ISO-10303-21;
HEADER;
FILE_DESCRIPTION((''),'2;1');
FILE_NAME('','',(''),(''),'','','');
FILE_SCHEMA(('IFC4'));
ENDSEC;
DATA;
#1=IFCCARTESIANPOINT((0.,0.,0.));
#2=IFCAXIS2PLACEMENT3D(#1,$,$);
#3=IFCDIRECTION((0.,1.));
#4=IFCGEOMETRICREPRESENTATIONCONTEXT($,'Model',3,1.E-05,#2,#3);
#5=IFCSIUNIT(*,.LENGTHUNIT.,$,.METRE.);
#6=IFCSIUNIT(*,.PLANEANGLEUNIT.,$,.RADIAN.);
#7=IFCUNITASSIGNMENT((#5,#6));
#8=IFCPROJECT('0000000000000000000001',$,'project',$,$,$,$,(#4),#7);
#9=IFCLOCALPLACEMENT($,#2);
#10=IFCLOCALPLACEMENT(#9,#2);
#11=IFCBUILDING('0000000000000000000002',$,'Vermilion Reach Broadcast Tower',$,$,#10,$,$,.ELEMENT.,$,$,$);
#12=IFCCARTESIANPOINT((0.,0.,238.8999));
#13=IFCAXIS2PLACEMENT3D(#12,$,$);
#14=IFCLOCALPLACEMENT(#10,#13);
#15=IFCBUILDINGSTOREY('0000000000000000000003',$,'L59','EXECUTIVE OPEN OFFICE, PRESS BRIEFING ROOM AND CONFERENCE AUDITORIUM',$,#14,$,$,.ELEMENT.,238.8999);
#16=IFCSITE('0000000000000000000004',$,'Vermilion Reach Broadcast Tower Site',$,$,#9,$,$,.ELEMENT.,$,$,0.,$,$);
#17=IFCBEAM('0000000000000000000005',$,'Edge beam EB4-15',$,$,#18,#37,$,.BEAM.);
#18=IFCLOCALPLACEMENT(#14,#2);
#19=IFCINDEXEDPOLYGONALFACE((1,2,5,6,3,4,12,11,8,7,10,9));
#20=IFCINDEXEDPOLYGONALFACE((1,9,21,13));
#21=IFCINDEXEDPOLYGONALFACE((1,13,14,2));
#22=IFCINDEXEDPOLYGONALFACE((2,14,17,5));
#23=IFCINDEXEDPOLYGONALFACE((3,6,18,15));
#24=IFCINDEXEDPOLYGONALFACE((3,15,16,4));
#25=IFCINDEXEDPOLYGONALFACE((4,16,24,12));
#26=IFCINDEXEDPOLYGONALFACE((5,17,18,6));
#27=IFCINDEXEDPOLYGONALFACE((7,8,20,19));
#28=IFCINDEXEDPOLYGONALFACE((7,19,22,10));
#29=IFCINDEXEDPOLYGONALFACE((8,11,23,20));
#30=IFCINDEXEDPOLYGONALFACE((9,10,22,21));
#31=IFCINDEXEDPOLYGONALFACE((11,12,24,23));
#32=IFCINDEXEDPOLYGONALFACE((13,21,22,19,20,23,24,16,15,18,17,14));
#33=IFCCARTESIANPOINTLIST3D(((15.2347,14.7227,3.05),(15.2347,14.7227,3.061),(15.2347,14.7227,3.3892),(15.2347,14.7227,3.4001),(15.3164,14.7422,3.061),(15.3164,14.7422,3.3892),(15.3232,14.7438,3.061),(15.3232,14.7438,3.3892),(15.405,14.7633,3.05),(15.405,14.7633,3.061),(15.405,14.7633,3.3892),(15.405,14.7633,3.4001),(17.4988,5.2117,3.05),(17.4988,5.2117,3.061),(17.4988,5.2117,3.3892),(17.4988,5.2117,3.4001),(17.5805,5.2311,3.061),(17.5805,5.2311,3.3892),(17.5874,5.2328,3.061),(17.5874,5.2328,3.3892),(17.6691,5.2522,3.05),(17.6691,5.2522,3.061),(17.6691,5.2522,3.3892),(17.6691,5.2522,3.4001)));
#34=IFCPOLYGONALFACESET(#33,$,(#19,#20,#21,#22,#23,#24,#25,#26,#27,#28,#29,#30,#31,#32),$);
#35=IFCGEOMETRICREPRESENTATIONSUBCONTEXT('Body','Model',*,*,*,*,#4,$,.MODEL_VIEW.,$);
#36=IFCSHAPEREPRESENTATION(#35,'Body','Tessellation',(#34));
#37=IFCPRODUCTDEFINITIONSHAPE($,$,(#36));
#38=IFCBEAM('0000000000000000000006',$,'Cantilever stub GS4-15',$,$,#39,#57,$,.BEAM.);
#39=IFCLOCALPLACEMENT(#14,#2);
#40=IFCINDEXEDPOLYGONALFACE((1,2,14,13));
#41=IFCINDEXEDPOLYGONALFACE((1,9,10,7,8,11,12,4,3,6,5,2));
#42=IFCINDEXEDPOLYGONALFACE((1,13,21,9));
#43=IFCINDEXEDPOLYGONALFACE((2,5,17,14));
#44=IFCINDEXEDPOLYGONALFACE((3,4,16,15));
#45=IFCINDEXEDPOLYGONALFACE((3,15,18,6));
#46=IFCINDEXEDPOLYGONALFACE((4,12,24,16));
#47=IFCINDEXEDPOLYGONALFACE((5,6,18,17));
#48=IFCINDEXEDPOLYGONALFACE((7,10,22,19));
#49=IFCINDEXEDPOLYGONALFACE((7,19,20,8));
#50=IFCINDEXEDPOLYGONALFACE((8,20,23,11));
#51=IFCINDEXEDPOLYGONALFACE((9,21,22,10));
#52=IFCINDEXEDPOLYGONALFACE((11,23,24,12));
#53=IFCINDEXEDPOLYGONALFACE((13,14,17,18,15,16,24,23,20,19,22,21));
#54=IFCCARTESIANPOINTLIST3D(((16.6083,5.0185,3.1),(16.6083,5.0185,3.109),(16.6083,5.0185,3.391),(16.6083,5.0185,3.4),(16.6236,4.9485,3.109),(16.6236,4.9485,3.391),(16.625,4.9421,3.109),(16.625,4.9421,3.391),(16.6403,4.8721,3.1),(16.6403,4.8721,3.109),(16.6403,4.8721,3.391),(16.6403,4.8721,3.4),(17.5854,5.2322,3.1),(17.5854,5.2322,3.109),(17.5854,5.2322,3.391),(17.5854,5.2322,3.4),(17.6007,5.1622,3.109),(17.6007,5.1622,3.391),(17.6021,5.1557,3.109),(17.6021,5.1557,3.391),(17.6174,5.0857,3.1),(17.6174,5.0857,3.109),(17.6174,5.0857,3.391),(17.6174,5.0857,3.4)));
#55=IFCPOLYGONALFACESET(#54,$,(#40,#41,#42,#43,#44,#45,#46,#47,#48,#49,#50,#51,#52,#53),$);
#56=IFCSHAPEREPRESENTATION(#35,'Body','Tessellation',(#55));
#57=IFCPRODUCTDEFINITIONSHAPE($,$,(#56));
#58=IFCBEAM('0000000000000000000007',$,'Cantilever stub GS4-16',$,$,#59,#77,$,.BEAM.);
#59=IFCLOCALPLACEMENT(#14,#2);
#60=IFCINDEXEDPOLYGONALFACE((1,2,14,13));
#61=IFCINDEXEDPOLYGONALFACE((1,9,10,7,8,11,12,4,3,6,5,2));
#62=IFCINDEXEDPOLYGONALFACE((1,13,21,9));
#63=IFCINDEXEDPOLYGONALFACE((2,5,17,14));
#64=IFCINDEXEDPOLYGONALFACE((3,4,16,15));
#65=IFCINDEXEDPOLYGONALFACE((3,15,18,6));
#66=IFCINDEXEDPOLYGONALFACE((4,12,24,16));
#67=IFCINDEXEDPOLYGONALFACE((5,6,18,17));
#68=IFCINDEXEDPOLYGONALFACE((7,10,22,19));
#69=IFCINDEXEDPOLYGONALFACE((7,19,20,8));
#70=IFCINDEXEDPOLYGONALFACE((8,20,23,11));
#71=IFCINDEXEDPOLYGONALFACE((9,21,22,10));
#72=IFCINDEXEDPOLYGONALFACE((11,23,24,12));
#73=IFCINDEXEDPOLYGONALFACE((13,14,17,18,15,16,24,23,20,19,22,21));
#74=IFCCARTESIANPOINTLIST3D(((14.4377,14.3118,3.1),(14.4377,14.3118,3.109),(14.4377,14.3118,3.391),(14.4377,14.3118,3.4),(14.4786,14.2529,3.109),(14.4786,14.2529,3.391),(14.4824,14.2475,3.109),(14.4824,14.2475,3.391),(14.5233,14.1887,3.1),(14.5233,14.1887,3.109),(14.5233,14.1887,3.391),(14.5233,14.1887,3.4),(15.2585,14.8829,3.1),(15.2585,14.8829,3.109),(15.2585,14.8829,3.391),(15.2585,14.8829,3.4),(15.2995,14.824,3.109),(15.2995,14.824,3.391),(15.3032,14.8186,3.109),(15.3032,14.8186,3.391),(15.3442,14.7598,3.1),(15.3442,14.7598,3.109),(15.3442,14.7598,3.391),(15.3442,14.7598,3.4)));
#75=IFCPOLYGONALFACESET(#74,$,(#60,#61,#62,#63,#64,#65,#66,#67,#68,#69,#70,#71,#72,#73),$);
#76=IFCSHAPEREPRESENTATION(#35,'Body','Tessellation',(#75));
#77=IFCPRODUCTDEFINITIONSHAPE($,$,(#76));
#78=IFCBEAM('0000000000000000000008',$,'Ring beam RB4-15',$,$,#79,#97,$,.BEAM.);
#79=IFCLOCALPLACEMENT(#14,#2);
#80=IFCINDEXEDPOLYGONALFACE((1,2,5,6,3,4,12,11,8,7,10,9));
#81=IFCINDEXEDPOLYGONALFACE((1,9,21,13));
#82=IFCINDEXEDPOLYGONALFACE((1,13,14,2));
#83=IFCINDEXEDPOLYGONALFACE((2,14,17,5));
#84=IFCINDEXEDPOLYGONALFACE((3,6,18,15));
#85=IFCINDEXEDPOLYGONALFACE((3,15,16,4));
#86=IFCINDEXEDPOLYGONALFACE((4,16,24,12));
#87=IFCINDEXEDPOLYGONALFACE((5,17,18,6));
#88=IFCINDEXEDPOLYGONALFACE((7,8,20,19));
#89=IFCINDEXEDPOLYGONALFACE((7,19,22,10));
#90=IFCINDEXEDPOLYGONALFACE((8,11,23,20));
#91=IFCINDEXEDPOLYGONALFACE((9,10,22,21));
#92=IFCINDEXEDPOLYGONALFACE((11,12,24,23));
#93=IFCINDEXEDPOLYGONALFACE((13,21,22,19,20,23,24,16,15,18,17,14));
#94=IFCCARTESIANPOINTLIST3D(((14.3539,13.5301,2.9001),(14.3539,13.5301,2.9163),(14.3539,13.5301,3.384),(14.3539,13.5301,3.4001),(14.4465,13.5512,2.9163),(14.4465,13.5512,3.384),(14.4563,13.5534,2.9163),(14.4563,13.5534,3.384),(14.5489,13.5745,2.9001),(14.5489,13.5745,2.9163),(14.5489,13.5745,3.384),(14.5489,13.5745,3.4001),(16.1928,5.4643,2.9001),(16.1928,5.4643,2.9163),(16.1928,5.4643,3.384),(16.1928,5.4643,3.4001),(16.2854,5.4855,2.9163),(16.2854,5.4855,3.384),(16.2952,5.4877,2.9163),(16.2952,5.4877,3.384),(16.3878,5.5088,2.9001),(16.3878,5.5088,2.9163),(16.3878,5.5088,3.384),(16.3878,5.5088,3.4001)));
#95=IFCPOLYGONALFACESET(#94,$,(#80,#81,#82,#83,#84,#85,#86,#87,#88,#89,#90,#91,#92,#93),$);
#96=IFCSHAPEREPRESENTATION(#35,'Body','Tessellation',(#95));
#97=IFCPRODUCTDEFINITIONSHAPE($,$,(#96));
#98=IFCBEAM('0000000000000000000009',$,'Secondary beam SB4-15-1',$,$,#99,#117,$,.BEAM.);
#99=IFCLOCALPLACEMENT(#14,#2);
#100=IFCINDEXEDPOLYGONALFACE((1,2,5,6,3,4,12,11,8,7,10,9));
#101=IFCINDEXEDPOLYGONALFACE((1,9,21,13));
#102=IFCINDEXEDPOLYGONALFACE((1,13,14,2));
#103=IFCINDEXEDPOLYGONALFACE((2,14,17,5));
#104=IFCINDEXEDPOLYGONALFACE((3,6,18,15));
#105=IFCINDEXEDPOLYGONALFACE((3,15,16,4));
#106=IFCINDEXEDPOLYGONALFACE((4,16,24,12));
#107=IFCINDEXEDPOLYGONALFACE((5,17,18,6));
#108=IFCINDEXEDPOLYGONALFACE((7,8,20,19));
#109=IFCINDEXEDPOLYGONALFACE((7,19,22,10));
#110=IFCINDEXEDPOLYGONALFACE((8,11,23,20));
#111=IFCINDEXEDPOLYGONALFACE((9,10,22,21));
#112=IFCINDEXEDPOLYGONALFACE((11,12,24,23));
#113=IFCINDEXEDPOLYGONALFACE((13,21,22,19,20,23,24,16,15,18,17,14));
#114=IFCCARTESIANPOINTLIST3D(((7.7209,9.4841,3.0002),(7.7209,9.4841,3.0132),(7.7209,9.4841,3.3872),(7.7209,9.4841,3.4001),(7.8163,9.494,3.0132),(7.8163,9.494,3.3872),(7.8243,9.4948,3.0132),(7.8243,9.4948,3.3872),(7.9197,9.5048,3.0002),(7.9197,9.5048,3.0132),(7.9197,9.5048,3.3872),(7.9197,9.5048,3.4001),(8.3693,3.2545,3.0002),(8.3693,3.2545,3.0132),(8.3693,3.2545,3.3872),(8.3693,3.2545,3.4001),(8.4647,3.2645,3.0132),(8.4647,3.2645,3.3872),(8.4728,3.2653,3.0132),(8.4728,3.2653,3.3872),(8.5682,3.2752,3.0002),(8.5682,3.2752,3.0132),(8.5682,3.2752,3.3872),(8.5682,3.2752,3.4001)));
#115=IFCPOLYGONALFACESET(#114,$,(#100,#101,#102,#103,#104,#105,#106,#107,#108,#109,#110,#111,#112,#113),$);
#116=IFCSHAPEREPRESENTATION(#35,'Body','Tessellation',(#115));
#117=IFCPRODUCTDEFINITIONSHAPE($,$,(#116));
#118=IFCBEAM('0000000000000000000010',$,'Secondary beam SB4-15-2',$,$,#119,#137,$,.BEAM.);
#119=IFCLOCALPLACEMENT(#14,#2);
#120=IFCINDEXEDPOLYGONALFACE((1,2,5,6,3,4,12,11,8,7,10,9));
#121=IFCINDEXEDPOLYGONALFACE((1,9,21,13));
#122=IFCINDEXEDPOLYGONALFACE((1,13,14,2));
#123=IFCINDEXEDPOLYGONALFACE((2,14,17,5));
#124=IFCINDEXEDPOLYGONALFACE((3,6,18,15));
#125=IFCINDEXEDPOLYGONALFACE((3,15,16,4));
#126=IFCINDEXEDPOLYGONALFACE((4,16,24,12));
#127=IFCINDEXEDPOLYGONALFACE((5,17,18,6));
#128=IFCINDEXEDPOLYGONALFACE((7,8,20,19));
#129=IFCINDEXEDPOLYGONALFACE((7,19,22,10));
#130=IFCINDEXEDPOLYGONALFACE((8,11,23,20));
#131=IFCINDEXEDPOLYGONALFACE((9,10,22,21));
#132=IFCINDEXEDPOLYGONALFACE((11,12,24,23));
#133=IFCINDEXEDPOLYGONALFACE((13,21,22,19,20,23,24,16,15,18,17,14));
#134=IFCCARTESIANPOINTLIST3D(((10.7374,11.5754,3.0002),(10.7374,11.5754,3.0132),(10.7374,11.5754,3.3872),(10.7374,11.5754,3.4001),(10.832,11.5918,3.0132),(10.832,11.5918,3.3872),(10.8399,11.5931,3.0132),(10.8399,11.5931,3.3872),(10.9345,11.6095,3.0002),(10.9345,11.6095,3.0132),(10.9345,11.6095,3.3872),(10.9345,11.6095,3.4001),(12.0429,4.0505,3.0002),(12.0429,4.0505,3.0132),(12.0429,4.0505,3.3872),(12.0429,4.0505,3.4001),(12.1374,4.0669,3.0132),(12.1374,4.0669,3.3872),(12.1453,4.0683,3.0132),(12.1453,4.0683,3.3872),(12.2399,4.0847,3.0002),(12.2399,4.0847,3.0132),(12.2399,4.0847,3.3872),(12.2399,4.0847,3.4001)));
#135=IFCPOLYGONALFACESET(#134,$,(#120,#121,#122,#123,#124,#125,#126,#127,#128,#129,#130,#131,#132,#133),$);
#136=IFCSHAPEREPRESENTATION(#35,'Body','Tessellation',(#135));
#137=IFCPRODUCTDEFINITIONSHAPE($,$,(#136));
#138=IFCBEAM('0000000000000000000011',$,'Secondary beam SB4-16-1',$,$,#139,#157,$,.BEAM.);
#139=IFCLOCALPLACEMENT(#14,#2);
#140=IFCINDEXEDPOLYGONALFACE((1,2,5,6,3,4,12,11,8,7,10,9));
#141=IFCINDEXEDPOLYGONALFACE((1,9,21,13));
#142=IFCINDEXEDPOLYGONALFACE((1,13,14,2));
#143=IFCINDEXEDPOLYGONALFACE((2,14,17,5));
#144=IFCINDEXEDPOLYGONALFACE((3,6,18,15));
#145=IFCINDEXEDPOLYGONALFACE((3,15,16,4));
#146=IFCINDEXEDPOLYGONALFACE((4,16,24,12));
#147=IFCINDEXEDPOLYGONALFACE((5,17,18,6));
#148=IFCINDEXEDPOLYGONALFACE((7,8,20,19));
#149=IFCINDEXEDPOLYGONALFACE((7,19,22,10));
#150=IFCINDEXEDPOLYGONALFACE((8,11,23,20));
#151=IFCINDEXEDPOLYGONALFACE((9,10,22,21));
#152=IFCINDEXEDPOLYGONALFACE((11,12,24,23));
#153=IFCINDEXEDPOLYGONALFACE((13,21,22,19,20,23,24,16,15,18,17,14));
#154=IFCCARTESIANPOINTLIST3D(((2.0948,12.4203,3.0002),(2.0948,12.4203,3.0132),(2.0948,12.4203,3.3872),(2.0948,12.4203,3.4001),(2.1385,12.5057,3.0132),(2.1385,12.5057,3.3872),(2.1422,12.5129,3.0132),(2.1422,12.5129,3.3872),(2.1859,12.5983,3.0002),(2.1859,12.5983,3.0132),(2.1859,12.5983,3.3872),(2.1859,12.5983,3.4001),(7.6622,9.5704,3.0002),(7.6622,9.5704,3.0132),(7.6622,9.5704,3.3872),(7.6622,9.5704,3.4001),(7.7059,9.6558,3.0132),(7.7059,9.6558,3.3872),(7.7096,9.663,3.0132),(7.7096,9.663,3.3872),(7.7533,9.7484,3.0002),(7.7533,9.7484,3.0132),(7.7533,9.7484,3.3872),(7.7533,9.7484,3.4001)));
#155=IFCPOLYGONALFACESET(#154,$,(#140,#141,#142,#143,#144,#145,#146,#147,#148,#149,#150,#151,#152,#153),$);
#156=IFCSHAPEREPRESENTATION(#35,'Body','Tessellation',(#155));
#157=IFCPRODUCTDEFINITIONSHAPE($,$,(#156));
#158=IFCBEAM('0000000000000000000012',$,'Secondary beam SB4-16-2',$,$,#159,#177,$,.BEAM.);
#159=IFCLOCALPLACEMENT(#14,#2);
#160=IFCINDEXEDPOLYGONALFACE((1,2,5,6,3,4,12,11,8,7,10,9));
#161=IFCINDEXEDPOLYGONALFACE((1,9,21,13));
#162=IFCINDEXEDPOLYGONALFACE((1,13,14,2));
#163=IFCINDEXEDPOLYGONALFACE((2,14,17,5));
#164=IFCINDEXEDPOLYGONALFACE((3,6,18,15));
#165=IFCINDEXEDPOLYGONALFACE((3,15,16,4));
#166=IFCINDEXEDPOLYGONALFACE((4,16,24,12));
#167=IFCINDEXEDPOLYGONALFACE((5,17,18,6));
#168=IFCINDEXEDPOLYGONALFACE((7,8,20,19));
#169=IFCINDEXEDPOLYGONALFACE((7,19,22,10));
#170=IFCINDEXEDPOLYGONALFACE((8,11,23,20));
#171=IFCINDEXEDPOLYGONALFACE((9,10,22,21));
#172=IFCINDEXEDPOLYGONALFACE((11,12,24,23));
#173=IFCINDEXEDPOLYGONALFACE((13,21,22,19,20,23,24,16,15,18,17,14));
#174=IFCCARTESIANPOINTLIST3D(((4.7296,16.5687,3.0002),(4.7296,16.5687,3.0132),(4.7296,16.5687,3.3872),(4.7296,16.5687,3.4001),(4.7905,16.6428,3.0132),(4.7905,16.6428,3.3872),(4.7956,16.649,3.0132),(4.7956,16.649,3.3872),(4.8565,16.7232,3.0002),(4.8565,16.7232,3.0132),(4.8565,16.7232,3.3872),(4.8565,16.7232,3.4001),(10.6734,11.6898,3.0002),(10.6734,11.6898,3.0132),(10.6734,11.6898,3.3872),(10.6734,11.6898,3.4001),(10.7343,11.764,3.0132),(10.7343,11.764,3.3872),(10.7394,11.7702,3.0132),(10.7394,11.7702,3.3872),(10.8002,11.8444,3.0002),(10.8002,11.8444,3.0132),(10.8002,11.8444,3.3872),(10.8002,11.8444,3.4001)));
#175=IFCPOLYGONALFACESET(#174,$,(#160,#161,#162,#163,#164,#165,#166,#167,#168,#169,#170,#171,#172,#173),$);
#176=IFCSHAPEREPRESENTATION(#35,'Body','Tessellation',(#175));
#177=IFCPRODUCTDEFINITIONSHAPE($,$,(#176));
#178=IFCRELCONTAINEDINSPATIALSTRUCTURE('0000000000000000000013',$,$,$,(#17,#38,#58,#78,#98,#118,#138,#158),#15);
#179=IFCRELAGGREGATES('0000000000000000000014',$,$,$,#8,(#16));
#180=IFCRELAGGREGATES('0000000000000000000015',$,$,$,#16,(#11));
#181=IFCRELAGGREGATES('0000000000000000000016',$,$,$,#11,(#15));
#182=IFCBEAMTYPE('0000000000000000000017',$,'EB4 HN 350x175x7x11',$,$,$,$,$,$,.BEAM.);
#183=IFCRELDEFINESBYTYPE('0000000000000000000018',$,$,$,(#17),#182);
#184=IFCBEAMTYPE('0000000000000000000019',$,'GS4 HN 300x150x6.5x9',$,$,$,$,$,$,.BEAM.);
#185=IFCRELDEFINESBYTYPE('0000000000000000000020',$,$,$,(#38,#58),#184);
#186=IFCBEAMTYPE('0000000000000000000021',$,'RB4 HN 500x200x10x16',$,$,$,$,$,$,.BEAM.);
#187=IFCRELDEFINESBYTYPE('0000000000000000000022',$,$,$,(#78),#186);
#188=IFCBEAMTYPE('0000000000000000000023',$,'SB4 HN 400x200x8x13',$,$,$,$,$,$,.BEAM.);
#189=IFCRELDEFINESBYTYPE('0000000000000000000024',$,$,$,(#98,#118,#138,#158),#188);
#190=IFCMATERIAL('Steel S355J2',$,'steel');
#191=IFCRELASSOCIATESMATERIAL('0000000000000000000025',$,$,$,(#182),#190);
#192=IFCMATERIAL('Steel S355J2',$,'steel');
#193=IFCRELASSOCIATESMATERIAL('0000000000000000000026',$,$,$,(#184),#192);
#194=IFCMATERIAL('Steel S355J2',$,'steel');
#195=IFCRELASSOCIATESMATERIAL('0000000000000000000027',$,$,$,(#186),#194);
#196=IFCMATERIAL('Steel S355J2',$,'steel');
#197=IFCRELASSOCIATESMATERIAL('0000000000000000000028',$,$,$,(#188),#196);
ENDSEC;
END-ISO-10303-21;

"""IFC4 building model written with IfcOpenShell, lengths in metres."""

from ifc_helpers import new_model, si_unit, direction, frame, origin, origin_2d, place, context, subcontext, project, spatial, i_section, extrude, material, material_profile, profile_set, type_object, element, save


model = new_model("IFC4")

# Units and contexts
model_context = context("Model", 3, precision=1e-05, world=origin(), true_north=direction((0.0, 1.0)))
body_context = subcontext(model_context, "Body", "Model", "MODEL_VIEW")
ifc_project = project(units=[si_unit("LENGTHUNIT", "METRE"), si_unit("PLANEANGLEUNIT", "RADIAN")], contexts=[model_context])

# Site, building, storey
site_placement = place(None, origin())
site = spatial("IfcSite", under=ifc_project, at=site_placement, Name="Vermilion Reach Broadcast Tower Site", CompositionType="ELEMENT", RefElevation=0.0)
building_placement = place(site_placement, origin())
building = spatial("IfcBuilding", under=site, at=building_placement, Name="Vermilion Reach Broadcast Tower", CompositionType="ELEMENT")
storey_placement = place(building_placement, frame((0.0, 0.0, 238.8999)))
storey = spatial("IfcBuildingStorey", under=building, at=storey_placement, Name="L59", Description="EXECUTIVE OPEN OFFICE, PRESS BRIEFING ROOM AND CONFERENCE AUDITORIUM", CompositionType="ELEMENT", Elevation=238.8999)

# Beams
ifc_material_1 = material(Name="Steel S355J2", Category="steel")
ifc_material_profile_1 = material_profile(ifc_material_1, i_section(OverallWidth=0.175, OverallDepth=0.3501, WebThickness=0.0071, FlangeThickness=0.011, at=origin_2d()), Name="S355J2 HN 350x175x7x11")
ifc_profile_set_1 = profile_set([ifc_material_profile_1], Name="Steel S355J2")
beam_type_1 = type_object("IfcBeamType", Name="EB4 HN 350x175x7x11", PredefinedType="BEAM", material=ifc_profile_set_1)
beam_1_placement = place(storey_placement, frame((17.584, 5.2319, 3.2251), z_axis=(-0.231586, 0.972815, 0.0), x_axis=(-0.972815, -0.231586, 0.0)))
element("IfcBeam", 1, at=beam_1_placement, inside=storey, type_object=beam_type_1, Name="Edge beam EB4-15", PredefinedType="BEAM", context=body_context, shape_type="SweptSolid", body=[
    extrude(i_section(OverallWidth=0.175, OverallDepth=0.3501, WebThickness=0.0071, FlangeThickness=0.011, at=origin_2d()), origin(), (0.0, 0.0, 1.0), 9.7769),
])
ifc_material_2 = material(Name="Steel S355J2", Category="steel")
ifc_material_profile_2 = material_profile(ifc_material_2, i_section(OverallWidth=0.1499, OverallDepth=0.3, WebThickness=0.0066, FlangeThickness=0.009, at=origin_2d()), Name="S355J2 HN 300x150x6.5x9")
ifc_profile_set_2 = profile_set([ifc_material_profile_2], Name="Steel S355J2")
beam_type_2 = type_object("IfcBeamType", Name="GS4 HN 300x150x6.5x9", PredefinedType="BEAM", material=ifc_profile_set_2)
beam_2_placement = place(storey_placement, frame((16.6243, 4.9453, 3.25), z_axis=(0.976922, 0.213595, 0.0), x_axis=(-0.213595, 0.976922, 0.0)))
element("IfcBeam", 2, at=beam_2_placement, inside=storey, type_object=beam_type_2, Name="Cantilever stub GS4-15", PredefinedType="BEAM", context=body_context, shape_type="SweptSolid", body=[
    extrude(i_section(OverallWidth=0.1499, OverallDepth=0.3, WebThickness=0.0066, FlangeThickness=0.009, at=origin_2d()), origin(), (0.0, 0.0, 1.0), 1.0002),
])
beam_3_placement = place(storey_placement, frame((14.4805, 14.2502, 3.25), z_axis=(0.82088, 0.5711, 0.0), x_axis=(-0.5711, 0.82088, 0.0)))
element("IfcBeam", 3, at=beam_3_placement, inside=storey, type_object=beam_type_2, Name="Cantilever stub GS4-16", PredefinedType="BEAM", context=body_context, shape_type="SweptSolid", body=[
    extrude(i_section(OverallWidth=0.1499, OverallDepth=0.3, WebThickness=0.0066, FlangeThickness=0.009, at=origin_2d()), origin(), (0.0, 0.0, 1.0), 1.0),
])
ifc_material_3 = material(Name="Steel S355J2", Category="steel")
ifc_material_profile_3 = material_profile(ifc_material_3, i_section(OverallWidth=0.2, OverallDepth=0.5, WebThickness=0.01, FlangeThickness=0.0161, at=origin_2d()), Name="S355J2 HN 500x200x10x16")
ifc_profile_set_3 = profile_set([ifc_material_profile_3], Name="Steel S355J2")
beam_type_3 = type_object("IfcBeamType", Name="RB4 HN 500x200x10x16", PredefinedType="BEAM", material=ifc_profile_set_3)
beam_4_placement = place(storey_placement, frame((16.2903, 5.4866, 3.1501), z_axis=(-0.222283, 0.974982, 0.0), x_axis=(-0.974982, -0.222283, 0.0)))
element("IfcBeam", 4, at=beam_4_placement, inside=storey, type_object=beam_type_3, Name="Ring beam RB4-15", PredefinedType="BEAM", context=body_context, shape_type="SweptSolid", body=[
    extrude(i_section(OverallWidth=0.2, OverallDepth=0.5, WebThickness=0.01, FlangeThickness=0.0161, at=origin_2d()), origin(), (0.0, 0.0, 1.0), 8.2727),
])
ifc_material_4 = material(Name="Steel S355J2", Category="steel")
ifc_material_profile_4 = material_profile(ifc_material_4, i_section(OverallWidth=0.2, OverallDepth=0.3999, WebThickness=0.0081, FlangeThickness=0.0129, at=origin_2d()), Name="S355J2 HN 400x200x8x13")
ifc_profile_set_4 = profile_set([ifc_material_profile_4], Name="Steel S355J2")
beam_type_4 = type_object("IfcBeamType", Name="SB4 HN 400x200x8x13", PredefinedType="BEAM", material=ifc_profile_set_4)
beam_5_placement = place(storey_placement, frame((8.4688, 3.2649, 3.2002), z_axis=(-0.103532, 0.994626, 0.0), x_axis=(-0.994626, -0.103532, 0.0)))
element("IfcBeam", 5, at=beam_5_placement, inside=storey, type_object=beam_type_4, Name="Secondary beam SB4-15-1", PredefinedType="BEAM", context=body_context, shape_type="SweptSolid", body=[
    extrude(i_section(OverallWidth=0.2, OverallDepth=0.3999, WebThickness=0.0081, FlangeThickness=0.0129, at=origin_2d()), origin(), (0.0, 0.0, 1.0), 6.2632),
])
beam_6_placement = place(storey_placement, frame((12.1414, 4.0676, 3.2002), z_axis=(-0.170927, 0.985284, 0.0), x_axis=(-0.985284, -0.170927, 0.0)))
element("IfcBeam", 6, at=beam_6_placement, inside=storey, type_object=beam_type_4, Name="Secondary beam SB4-15-2", PredefinedType="BEAM", context=body_context, shape_type="SweptSolid", body=[
    extrude(i_section(OverallWidth=0.2, OverallDepth=0.3999, WebThickness=0.0081, FlangeThickness=0.0129, at=origin_2d()), origin(), (0.0, 0.0, 1.0), 7.6372),
])
beam_7_placement = place(storey_placement, frame((7.7078, 9.6594, 3.2002), z_axis=(-0.890156, 0.455656, 0.0), x_axis=(-0.455656, -0.890156, 0.0)))
element("IfcBeam", 7, at=beam_7_placement, inside=storey, type_object=beam_type_4, Name="Secondary beam SB4-16-1", PredefinedType="BEAM", context=body_context, shape_type="SweptSolid", body=[
    extrude(i_section(OverallWidth=0.2, OverallDepth=0.3999, WebThickness=0.0081, FlangeThickness=0.0129, at=origin_2d()), origin(), (0.0, 0.0, 1.0), 6.2544),
])
beam_8_placement = place(storey_placement, frame((10.7368, 11.7671, 3.2002), z_axis=(-0.772952, 0.634465, 0.0), x_axis=(-0.634465, -0.772952, 0.0)))
element("IfcBeam", 8, at=beam_8_placement, inside=storey, type_object=beam_type_4, Name="Secondary beam SB4-16-2", PredefinedType="BEAM", context=body_context, shape_type="SweptSolid", body=[
    extrude(i_section(OverallWidth=0.2, OverallDepth=0.3999, WebThickness=0.0081, FlangeThickness=0.0129, at=origin_2d()), origin(), (0.0, 0.0, 1.0), 7.6897),
])

save(model, "model.ifc")
